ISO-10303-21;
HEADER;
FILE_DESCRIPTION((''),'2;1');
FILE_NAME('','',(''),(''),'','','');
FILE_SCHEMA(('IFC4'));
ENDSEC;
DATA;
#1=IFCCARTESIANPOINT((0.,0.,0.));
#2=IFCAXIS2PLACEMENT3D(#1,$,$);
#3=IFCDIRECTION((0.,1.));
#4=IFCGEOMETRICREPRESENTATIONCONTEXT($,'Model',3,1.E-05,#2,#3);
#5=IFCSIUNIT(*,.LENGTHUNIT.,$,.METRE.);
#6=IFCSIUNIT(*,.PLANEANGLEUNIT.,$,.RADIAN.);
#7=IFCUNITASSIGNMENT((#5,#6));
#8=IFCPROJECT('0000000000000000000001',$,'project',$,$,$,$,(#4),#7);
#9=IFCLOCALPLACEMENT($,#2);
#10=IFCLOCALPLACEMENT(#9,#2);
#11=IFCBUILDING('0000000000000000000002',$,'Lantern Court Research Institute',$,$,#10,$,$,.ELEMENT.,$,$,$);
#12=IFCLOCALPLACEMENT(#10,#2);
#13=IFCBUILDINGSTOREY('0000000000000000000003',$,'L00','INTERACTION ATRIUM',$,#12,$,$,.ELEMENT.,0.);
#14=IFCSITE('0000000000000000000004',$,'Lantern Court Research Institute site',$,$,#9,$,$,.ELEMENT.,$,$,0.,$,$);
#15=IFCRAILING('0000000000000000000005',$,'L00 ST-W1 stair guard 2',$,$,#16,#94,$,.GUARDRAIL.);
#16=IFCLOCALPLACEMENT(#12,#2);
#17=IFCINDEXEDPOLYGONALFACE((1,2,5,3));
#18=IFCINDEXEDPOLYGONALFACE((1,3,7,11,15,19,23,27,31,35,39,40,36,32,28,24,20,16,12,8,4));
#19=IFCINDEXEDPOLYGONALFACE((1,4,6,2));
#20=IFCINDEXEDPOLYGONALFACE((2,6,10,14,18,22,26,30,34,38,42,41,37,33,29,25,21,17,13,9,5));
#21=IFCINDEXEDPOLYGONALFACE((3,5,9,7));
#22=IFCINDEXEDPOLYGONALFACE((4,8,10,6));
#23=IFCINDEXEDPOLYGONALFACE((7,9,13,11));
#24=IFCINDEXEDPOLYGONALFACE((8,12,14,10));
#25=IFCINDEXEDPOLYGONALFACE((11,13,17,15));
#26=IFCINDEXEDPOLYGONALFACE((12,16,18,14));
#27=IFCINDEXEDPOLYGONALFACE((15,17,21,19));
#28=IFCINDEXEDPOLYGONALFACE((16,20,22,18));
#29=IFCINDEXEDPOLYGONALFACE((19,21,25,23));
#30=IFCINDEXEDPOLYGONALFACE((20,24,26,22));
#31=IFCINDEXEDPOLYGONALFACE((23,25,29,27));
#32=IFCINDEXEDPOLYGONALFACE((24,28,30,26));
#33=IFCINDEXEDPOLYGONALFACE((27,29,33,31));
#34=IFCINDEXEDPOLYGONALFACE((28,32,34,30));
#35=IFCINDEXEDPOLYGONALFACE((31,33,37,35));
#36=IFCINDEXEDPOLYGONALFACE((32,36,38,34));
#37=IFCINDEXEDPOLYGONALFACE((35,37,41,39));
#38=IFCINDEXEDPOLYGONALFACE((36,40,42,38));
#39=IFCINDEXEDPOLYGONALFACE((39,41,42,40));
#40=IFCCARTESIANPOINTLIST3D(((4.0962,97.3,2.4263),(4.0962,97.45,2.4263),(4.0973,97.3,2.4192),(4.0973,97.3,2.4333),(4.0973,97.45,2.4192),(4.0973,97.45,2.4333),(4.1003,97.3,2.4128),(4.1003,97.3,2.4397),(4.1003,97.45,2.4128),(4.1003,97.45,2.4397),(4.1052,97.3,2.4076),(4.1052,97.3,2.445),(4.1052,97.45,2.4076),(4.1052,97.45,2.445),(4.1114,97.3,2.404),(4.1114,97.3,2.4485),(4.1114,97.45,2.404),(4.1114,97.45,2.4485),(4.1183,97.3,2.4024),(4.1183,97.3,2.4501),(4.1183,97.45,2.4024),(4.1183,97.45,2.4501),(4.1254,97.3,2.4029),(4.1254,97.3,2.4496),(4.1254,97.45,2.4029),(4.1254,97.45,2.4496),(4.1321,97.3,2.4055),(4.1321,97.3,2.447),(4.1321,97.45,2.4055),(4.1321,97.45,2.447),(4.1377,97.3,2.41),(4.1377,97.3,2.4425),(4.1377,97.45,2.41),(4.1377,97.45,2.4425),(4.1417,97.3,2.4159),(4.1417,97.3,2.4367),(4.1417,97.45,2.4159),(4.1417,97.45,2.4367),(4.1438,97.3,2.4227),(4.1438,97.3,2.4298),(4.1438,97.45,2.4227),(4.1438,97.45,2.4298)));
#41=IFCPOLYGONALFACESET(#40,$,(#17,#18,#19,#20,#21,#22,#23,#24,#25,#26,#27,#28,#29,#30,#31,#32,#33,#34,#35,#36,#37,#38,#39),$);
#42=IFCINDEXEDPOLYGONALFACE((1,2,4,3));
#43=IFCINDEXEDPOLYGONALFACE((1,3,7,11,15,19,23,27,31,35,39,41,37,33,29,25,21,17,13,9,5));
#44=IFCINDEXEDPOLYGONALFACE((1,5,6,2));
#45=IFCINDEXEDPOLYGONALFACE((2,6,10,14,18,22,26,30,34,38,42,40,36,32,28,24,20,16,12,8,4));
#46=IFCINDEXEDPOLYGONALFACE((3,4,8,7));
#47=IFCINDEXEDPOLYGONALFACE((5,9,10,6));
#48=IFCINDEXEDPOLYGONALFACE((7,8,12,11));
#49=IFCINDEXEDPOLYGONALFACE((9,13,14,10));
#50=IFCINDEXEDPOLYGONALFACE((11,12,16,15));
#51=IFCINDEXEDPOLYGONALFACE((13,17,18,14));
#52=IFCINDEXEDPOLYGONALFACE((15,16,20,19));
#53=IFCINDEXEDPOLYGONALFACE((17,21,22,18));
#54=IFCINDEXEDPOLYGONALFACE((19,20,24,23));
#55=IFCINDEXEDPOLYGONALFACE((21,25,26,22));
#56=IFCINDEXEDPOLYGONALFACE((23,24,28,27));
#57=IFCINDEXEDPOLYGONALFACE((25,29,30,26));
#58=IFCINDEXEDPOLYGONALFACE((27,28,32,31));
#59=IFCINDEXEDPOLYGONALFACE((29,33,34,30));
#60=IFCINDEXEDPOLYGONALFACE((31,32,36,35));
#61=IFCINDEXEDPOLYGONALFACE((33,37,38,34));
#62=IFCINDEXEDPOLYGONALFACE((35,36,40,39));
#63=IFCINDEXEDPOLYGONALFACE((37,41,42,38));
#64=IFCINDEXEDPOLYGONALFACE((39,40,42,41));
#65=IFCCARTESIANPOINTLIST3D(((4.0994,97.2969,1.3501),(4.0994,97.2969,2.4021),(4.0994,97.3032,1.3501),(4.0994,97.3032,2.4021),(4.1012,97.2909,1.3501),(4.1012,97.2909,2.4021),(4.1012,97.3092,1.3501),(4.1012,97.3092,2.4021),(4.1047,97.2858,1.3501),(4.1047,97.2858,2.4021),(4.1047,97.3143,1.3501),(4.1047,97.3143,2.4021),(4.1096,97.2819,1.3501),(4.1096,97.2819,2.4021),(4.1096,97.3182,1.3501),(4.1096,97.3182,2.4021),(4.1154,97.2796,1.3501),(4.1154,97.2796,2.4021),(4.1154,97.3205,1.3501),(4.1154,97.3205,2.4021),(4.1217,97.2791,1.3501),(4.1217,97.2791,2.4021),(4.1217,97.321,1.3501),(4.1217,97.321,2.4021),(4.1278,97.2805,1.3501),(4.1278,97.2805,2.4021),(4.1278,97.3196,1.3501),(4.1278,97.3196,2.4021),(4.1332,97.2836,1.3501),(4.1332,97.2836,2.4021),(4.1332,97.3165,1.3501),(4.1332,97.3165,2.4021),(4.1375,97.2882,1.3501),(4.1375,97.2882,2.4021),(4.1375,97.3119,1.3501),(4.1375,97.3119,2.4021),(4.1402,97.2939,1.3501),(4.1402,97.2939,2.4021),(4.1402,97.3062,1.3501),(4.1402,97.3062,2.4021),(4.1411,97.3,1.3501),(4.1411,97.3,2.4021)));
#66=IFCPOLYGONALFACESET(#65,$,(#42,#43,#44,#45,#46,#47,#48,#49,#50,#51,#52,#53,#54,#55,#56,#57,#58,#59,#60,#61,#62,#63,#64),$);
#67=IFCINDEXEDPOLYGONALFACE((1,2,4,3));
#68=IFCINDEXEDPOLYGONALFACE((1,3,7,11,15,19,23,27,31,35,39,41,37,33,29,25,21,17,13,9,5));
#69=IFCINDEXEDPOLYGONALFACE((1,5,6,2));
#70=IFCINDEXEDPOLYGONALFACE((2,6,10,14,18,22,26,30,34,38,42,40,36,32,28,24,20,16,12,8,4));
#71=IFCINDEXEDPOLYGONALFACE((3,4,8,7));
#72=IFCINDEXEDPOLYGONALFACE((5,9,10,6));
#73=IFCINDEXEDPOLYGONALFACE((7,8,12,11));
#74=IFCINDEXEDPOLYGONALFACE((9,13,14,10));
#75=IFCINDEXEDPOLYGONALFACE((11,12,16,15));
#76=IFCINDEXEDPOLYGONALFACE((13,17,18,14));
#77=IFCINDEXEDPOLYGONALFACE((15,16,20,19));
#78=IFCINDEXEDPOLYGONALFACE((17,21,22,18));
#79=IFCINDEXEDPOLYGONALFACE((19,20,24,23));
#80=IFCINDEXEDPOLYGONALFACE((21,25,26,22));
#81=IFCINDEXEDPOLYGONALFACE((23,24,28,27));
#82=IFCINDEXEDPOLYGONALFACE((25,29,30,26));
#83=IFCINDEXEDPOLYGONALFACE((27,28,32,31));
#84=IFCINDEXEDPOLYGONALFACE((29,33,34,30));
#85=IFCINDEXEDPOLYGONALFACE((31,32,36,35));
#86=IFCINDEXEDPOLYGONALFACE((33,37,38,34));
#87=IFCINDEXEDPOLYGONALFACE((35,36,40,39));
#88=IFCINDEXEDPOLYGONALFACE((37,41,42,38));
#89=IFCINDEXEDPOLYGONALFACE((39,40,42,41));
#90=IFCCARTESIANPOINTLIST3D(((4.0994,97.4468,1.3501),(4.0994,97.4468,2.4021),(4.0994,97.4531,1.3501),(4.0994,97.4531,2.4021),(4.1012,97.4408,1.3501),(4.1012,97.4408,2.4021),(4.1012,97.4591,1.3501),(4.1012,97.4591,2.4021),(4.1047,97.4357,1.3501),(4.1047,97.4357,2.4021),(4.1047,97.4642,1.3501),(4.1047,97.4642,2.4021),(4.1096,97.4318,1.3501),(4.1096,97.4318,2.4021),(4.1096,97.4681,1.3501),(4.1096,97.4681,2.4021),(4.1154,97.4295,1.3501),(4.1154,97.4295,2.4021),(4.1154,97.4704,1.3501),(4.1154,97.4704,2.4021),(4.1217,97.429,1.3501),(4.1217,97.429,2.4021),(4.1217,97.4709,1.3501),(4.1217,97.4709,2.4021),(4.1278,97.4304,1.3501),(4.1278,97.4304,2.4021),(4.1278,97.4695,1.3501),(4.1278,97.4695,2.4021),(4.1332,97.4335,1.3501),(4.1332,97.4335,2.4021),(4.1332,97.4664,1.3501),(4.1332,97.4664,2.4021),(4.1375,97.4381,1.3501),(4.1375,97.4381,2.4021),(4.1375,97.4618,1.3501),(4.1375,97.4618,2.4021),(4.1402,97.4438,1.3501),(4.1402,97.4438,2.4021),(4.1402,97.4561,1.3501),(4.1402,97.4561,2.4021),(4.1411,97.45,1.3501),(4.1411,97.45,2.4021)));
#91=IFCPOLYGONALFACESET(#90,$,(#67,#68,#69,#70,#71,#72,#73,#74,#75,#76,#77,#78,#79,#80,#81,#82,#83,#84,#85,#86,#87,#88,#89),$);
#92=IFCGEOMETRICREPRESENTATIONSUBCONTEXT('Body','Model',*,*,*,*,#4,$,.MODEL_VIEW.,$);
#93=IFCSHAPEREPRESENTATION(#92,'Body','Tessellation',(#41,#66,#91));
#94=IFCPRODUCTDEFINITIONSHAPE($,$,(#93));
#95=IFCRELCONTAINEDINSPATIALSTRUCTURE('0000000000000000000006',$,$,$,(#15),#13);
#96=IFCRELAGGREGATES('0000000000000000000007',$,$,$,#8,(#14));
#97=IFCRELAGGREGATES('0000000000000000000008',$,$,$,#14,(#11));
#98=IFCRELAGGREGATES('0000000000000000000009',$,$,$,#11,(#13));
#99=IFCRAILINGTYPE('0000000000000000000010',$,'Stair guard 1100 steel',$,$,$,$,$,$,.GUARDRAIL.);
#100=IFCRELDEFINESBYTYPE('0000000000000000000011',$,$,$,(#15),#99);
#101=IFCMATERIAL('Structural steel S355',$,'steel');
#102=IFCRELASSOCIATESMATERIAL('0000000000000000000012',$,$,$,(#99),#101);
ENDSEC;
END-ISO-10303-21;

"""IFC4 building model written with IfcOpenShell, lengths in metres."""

from ifc_helpers import new_model, si_unit, direction, frame, origin, origin_2d, place, context, subcontext, project, spatial, circle, extrude, material, type_object, element, save


model = new_model("IFC4")

# Units and contexts
model_context = context("Model", 3, precision=1e-05, world=origin(), true_north=direction((0.0, 1.0)))
body_context = subcontext(model_context, "Body", "Model", "MODEL_VIEW")
ifc_project = project(units=[si_unit("LENGTHUNIT", "METRE"), si_unit("PLANEANGLEUNIT", "RADIAN")], contexts=[model_context])

# Site, building, storey
site_placement = place(None, origin())
site = spatial("IfcSite", under=ifc_project, at=site_placement, Name="Lantern Court Research Institute site", CompositionType="ELEMENT", RefElevation=0.0)
building_placement = place(site_placement, origin())
building = spatial("IfcBuilding", under=site, at=building_placement, Name="Lantern Court Research Institute", CompositionType="ELEMENT")
storey_placement = place(building_placement, origin())
storey = spatial("IfcBuildingStorey", under=building, at=storey_placement, Name="L00", Description="INTERACTION ATRIUM", CompositionType="ELEMENT", Elevation=0.0)

# Railing
ifc_material_1 = material(Name="Structural steel S355", Category="steel")
railing_type_1 = type_object("IfcRailingType", Name="Stair guard 1100 steel", PredefinedType="GUARDRAIL", material=ifc_material_1)
railing_1_placement = place(storey_placement, frame((4.1201, 97.3, 1.3501)))
element("IfcRailing", 1, at=railing_1_placement, inside=storey, type_object=railing_type_1, Name="L00 ST-W1 stair guard 2", PredefinedType="GUARDRAIL", context=body_context, shape_type="SweptSolid", body=[
    extrude(circle(Radius=0.0239, at=origin_2d()), frame((0.0, 0.0, 1.0762), z_axis=(0.0, 1.0, 0.0), x_axis=(-1.0, 0.0, 0.0)), (0.0, 0.0, 1.0), 0.1499),
    extrude(circle(Radius=0.021, at=origin_2d()), origin(), (0.0, 0.0, 1.0), 1.052),
    extrude(circle(Radius=0.021, at=origin_2d()), frame((0.0, 0.1499, 0.0)), (0.0, 0.0, 1.0), 1.052),
])

save(model, "model.ifc")
